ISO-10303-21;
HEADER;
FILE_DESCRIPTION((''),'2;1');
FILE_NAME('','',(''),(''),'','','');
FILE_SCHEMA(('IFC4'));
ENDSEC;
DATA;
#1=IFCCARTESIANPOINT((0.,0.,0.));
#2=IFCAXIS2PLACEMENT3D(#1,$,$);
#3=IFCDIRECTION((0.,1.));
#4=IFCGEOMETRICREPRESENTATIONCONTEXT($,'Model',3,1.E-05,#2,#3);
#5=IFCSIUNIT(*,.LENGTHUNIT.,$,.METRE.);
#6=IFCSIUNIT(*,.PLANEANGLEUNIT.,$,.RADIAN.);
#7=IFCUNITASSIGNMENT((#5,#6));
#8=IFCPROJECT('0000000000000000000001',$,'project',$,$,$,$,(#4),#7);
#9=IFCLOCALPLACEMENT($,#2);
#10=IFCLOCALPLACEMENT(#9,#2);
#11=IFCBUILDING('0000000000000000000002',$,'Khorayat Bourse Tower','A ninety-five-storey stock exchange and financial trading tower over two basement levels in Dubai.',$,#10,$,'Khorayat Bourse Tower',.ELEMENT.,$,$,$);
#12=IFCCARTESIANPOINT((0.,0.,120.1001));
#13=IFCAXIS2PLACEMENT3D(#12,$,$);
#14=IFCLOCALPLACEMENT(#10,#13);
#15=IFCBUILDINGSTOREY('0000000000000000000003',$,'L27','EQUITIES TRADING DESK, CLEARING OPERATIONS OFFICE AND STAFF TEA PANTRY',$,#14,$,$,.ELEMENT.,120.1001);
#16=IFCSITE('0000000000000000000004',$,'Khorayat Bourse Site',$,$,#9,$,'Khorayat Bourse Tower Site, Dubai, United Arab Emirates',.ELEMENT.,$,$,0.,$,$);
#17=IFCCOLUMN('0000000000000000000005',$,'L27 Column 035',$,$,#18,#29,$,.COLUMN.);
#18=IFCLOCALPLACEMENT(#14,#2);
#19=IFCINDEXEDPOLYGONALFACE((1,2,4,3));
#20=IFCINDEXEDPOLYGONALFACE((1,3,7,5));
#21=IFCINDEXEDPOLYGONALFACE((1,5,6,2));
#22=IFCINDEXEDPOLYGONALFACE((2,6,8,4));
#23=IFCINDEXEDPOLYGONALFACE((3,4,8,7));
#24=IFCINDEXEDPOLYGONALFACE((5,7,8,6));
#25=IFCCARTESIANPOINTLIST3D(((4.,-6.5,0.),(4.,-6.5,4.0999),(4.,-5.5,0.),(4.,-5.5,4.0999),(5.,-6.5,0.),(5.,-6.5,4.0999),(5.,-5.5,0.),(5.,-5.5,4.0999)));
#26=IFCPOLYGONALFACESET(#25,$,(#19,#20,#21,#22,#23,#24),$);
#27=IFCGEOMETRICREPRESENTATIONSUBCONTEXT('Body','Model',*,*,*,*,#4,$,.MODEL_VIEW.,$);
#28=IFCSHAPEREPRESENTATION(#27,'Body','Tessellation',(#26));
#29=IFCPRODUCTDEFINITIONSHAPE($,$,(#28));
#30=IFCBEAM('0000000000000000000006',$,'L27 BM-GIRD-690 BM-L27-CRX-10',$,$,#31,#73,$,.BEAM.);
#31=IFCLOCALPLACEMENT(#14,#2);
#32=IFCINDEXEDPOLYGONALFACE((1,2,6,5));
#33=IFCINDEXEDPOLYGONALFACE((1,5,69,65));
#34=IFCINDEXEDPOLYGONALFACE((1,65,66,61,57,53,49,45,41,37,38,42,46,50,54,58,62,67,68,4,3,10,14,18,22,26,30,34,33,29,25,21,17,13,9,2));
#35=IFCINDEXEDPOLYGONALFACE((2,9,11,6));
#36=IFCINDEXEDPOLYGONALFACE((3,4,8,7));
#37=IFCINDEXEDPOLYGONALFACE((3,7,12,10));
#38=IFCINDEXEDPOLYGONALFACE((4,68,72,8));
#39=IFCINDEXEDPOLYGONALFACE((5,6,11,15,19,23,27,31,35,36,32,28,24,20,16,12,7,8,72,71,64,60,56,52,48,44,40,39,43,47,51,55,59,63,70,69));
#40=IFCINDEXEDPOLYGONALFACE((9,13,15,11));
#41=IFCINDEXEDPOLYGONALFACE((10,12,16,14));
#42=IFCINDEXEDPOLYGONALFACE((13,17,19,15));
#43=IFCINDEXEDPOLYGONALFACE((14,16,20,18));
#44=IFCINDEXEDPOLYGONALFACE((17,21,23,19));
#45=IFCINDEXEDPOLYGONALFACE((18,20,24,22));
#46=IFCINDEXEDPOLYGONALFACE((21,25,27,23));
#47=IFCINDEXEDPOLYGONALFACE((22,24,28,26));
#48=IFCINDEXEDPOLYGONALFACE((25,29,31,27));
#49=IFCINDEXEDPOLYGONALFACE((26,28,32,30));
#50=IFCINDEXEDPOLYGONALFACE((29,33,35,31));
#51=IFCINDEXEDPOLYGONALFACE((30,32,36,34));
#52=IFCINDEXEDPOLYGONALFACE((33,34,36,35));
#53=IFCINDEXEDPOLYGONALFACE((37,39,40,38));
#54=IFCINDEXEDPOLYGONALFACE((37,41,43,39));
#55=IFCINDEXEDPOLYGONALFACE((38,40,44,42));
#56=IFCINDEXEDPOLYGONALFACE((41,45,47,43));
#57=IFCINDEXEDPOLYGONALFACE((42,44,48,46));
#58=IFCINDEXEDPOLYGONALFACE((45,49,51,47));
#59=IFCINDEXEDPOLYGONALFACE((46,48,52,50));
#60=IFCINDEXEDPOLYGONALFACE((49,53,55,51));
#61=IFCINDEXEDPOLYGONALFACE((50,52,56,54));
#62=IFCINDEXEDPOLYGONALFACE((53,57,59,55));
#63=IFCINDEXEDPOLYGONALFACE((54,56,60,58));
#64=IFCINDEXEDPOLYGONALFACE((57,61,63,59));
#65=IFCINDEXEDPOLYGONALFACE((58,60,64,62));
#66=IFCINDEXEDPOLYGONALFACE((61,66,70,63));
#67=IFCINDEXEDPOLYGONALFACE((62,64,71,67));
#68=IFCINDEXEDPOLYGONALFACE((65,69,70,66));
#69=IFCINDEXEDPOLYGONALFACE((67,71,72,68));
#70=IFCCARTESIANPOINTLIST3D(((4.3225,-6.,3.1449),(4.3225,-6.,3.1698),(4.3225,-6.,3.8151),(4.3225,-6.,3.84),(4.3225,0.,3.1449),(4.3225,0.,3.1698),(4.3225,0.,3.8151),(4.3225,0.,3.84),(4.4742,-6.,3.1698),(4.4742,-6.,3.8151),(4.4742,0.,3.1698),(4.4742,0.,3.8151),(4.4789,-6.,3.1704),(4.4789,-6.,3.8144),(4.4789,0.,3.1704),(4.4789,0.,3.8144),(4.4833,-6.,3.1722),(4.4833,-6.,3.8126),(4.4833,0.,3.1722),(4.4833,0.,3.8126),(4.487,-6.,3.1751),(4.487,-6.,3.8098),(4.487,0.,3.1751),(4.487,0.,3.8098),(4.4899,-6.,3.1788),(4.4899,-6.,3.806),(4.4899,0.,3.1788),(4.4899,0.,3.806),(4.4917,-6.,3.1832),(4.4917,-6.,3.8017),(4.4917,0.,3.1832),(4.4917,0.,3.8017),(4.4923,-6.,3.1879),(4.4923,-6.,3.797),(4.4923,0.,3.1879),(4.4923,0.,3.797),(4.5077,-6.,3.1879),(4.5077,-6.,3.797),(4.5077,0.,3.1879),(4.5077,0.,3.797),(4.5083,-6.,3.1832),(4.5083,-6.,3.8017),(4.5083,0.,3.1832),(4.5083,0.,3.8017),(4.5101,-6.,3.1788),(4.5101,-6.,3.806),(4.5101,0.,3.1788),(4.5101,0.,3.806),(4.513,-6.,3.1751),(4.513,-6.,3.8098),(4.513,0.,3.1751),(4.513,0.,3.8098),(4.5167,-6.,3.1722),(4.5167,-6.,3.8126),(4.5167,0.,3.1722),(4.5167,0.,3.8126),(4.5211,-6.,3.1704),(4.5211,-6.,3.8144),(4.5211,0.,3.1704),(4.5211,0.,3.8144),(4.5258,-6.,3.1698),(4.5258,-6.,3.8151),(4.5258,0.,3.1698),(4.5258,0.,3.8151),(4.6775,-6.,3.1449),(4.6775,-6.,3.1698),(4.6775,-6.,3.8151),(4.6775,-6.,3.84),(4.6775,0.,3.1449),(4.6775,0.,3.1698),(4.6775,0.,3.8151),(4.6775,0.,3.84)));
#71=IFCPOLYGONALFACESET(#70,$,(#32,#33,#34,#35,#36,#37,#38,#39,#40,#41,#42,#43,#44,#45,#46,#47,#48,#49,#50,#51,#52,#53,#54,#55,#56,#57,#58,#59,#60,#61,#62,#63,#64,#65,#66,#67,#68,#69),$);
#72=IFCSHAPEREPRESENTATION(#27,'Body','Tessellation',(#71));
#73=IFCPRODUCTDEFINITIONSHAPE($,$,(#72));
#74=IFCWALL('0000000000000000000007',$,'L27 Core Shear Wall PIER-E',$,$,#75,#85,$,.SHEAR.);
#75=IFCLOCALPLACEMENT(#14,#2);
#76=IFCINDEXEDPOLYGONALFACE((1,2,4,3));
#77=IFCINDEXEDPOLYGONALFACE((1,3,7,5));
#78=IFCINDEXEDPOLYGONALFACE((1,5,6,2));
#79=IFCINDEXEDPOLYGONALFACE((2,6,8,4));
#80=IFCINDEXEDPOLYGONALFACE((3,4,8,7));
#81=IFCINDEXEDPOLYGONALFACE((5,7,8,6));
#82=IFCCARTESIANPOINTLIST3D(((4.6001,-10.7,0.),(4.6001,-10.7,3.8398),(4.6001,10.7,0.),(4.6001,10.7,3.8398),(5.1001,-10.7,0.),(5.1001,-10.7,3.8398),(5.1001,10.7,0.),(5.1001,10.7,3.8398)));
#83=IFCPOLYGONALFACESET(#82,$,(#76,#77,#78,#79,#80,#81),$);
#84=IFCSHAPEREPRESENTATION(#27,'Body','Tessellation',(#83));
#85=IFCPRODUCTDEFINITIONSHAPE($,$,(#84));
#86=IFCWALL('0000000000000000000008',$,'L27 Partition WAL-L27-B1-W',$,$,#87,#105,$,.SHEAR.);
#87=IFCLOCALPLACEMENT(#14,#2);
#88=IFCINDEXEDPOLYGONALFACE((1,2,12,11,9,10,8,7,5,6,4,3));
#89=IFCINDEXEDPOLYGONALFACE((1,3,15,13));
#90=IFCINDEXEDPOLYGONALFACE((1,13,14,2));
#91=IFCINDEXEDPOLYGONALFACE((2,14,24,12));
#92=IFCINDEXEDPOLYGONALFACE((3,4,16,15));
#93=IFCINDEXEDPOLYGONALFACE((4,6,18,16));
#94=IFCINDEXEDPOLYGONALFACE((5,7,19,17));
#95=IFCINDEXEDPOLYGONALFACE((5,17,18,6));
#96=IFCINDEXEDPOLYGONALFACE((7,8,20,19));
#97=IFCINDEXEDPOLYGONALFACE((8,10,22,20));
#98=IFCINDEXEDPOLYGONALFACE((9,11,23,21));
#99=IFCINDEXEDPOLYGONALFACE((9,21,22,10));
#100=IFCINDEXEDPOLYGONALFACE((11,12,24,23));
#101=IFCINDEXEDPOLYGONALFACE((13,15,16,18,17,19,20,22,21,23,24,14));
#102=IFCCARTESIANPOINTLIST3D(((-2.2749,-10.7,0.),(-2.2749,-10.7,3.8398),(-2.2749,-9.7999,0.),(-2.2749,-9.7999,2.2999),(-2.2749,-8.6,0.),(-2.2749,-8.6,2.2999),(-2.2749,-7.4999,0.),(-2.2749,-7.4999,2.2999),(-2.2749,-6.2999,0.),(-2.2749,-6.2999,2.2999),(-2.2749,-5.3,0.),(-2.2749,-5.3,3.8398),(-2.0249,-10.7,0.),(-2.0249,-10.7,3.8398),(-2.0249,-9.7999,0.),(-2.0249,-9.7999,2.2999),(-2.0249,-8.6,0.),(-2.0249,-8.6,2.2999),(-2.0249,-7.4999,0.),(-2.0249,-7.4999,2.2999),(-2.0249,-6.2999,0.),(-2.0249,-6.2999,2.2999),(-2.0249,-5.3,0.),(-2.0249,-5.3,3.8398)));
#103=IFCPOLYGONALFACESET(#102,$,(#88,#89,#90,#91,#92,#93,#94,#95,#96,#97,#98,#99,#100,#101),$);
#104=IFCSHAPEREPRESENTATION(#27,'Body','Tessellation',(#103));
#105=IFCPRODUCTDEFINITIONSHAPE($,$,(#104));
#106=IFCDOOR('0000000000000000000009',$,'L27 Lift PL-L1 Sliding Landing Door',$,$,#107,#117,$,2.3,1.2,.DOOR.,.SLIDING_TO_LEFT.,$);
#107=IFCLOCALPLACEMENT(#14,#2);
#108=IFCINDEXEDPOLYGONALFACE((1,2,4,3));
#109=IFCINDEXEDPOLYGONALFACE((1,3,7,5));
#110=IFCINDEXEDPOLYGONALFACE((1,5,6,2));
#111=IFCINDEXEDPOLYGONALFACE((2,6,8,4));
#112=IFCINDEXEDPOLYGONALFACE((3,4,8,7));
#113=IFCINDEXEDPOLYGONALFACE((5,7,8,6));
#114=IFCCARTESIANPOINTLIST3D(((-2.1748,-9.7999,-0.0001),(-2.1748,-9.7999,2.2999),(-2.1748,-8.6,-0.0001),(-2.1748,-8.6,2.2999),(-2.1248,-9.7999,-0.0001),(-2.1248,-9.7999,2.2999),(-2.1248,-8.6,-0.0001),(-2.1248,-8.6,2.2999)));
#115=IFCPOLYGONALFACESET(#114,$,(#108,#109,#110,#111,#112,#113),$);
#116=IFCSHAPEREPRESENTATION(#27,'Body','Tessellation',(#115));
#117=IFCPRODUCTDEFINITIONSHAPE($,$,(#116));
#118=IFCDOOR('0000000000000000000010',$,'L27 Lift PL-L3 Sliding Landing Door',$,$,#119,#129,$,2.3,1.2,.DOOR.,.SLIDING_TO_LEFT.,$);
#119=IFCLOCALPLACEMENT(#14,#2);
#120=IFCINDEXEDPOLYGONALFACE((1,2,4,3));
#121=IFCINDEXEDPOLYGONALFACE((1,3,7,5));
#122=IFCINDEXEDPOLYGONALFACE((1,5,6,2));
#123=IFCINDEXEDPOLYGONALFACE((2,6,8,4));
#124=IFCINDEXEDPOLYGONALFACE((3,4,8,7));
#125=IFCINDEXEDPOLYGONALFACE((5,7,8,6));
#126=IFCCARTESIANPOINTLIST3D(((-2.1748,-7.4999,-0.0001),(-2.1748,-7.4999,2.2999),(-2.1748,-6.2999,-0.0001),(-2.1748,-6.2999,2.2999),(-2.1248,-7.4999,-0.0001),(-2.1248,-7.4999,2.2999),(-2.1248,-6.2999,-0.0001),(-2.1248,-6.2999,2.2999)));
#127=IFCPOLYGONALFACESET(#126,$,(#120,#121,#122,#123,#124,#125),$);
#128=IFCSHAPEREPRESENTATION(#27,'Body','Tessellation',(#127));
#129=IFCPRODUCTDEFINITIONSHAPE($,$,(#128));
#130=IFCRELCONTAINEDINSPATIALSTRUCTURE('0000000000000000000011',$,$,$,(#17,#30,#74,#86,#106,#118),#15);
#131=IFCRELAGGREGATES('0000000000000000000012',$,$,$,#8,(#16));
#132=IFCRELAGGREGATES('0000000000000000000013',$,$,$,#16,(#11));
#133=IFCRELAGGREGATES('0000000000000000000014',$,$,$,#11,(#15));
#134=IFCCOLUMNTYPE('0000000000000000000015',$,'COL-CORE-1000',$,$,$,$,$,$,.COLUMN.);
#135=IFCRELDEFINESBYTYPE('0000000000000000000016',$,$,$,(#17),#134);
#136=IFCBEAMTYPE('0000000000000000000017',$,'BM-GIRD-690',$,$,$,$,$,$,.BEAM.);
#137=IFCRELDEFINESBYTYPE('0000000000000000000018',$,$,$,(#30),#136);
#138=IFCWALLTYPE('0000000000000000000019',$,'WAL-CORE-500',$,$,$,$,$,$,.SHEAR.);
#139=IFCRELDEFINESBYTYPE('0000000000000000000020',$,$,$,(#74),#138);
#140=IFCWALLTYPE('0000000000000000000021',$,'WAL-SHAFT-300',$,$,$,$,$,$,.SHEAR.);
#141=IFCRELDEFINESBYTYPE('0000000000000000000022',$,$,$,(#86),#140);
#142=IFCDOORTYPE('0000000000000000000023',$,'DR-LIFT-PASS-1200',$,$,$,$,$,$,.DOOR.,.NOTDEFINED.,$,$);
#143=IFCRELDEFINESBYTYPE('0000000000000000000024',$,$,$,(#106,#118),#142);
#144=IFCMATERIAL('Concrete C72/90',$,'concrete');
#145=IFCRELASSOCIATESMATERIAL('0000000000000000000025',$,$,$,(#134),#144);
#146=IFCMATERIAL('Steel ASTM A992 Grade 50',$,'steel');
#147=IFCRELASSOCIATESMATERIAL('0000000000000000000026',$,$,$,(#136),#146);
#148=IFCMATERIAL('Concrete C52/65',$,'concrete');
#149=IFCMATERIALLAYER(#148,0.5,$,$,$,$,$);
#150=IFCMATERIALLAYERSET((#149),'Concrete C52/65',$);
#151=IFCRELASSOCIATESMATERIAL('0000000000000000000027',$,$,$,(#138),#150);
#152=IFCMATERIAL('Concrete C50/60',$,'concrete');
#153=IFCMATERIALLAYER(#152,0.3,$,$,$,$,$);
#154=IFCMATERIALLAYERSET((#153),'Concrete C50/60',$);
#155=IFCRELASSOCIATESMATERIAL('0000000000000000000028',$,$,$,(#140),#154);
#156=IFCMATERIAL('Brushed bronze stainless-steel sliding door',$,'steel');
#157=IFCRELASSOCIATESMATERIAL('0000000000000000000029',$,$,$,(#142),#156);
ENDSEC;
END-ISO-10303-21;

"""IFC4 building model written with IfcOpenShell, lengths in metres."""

from ifc_helpers import new_model, si_unit, direction, frame, frame_2d, origin, origin_2d, place, context, subcontext, project, spatial, rectangle, i_section, extrude, source, transform, mapped, material, layer, layer_set, material_profile, profile_set, type_object, element, fill, save


model = new_model("IFC4")

# Units and contexts
model_context = context("Model", 3, precision=1e-05, world=origin(), true_north=direction((0.0, 1.0)))
body_context = subcontext(model_context, "Body", "Model", "MODEL_VIEW")
ifc_project = project(units=[si_unit("LENGTHUNIT", "METRE"), si_unit("PLANEANGLEUNIT", "RADIAN")], contexts=[model_context])

# Site, building, storey
site_placement = place(None, origin())
site = spatial("IfcSite", under=ifc_project, at=site_placement, Name="Khorayat Bourse Site", LongName="Khorayat Bourse Tower Site, Dubai, United Arab Emirates", CompositionType="ELEMENT", RefElevation=0.0)
building_placement = place(site_placement, origin())
building = spatial("IfcBuilding", under=site, at=building_placement, Name="Khorayat Bourse Tower", Description="A ninety-five-storey stock exchange and financial trading tower over two basement levels in Dubai.", LongName="Khorayat Bourse Tower", CompositionType="ELEMENT")
storey_placement = place(building_placement, frame((0.0, 0.0, 120.1001)))
storey = spatial("IfcBuildingStorey", under=building, at=storey_placement, Name="L27", Description="EQUITIES TRADING DESK, CLEARING OPERATIONS OFFICE AND STAFF TEA PANTRY", CompositionType="ELEMENT", Elevation=120.1001)

# Column
ifc_material_1 = material(Name="Concrete C72/90", Category="concrete")
ifc_material_profile_1 = material_profile(ifc_material_1, rectangle(XDim=1.0, YDim=1.0, at=origin_2d()), Name="RC 1000x1000")
ifc_profile_set_1 = profile_set([ifc_material_profile_1], Name="Concrete C72/90")
column_type = type_object("IfcColumnType", Name="COL-CORE-1000", PredefinedType="COLUMN", material=ifc_profile_set_1)
shared_shape_1 = source(origin(), body_context, "Body", "SweptSolid", [
    extrude(rectangle(XDim=1.0, YDim=1.0, at=origin_2d()), origin(), (0.0, 0.0, 1.0), 4.0999),
])
column_placement = place(storey_placement, frame((4.5, -6.0, 0.0), z_axis=(0.0, 0.0, 1.0), x_axis=(1.0, 0.0, 0.0)))
element("IfcColumn", 1, at=column_placement, inside=storey, type_object=column_type, Name="L27 Column 035", PredefinedType="COLUMN", context=body_context, shape_type="MappedRepresentation", body=[
    mapped(shared_shape_1, transform((0.0, 0.0, 0.0), scale=1.0)),
])

# Beam
ifc_material_2 = material(Name="Steel ASTM A992 Grade 50", Category="steel")
ifc_material_profile_2 = material_profile(ifc_material_2, i_section(OverallWidth=0.355, OverallDepth=0.6951, WebThickness=0.0154, FlangeThickness=0.0249, FilletRadius=0.0181, at=origin_2d()), Name="W690X217")
ifc_profile_set_2 = profile_set([ifc_material_profile_2], Name="Steel ASTM A992 Grade 50")
beam_type = type_object("IfcBeamType", Name="BM-GIRD-690", PredefinedType="BEAM", material=ifc_profile_set_2)
shared_shape_2 = source(origin(), body_context, "Body", "SweptSolid", [
    extrude(i_section(OverallWidth=0.355, OverallDepth=0.6951, WebThickness=0.0154, FlangeThickness=0.0249, FilletRadius=0.0181, at=origin_2d()), origin(), (0.0, 0.0, 1.0), 6.0),
])
beam_placement = place(storey_placement, frame((4.5, -6.0, 3.4924), z_axis=(0.0, 1.0, 0.0), x_axis=(-1.0, 0.0, 0.0)))
element("IfcBeam", 2, at=beam_placement, inside=storey, type_object=beam_type, Name="L27 BM-GIRD-690 BM-L27-CRX-10", PredefinedType="BEAM", context=body_context, shape_type="MappedRepresentation", body=[
    mapped(shared_shape_2, transform((0.0, 0.0, 0.0), scale=1.0)),
])

# Wall
ifc_material_3 = material(Name="Concrete C52/65", Category="concrete")
ifc_layer_1 = layer(ifc_material_3, 0.5)
ifc_layer_set_1 = layer_set([ifc_layer_1], Name="Concrete C52/65")
wall_type_1 = type_object("IfcWallType", Name="WAL-CORE-500", PredefinedType="SHEAR", material=ifc_layer_set_1)
shared_shape_3 = source(origin(), body_context, "Body", "SweptSolid", [
    extrude(rectangle(XDim=21.3999, YDim=0.5, at=frame_2d((10.7, 0.0))), origin(), (0.0, 0.0, 1.0), 3.8398),
])
wall_1_placement = place(storey_placement, frame((4.8501, -10.7, 0.0), z_axis=(0.0, 0.0, 1.0), x_axis=(0.0, 1.0, 0.0)))
element("IfcWall", 3, at=wall_1_placement, inside=storey, type_object=wall_type_1, Name="L27 Core Shear Wall PIER-E", PredefinedType="SHEAR", context=body_context, shape_type="MappedRepresentation", body=[
    mapped(shared_shape_3, transform((0.0, 0.0, 0.0), scale=1.0)),
])

# Wall, openings, doors
ifc_material_4 = material(Name="Concrete C50/60", Category="concrete")
ifc_layer_2 = layer(ifc_material_4, 0.3)
ifc_layer_set_2 = layer_set([ifc_layer_2], Name="Concrete C50/60")
wall_type_2 = type_object("IfcWallType", Name="WAL-SHAFT-300", PredefinedType="SHEAR", material=ifc_layer_set_2)
shared_shape_4 = source(origin(), body_context, "Body", "SweptSolid", [
    extrude(rectangle(XDim=5.3999, YDim=0.25, at=frame_2d((2.7, 0.0))), origin(), (0.0, 0.0, 1.0), 3.8398),
])
wall_2_placement = place(storey_placement, frame((-2.1499, -10.7, 0.0), z_axis=(0.0, 0.0, 1.0), x_axis=(0.0, 1.0, 0.0)))
wall_2 = element("IfcWall", 4, at=wall_2_placement, inside=storey, type_object=wall_type_2, Name="L27 Partition WAL-L27-B1-W", PredefinedType="SHEAR", context=body_context, shape_type="MappedRepresentation", body=[
    mapped(shared_shape_4, transform((0.0, 0.0, 0.0), scale=1.0)),
])
shared_shape_5 = source(origin(), body_context, "Body", "SweptSolid", [
    extrude(rectangle(XDim=1.2, YDim=2.3, at=frame_2d((0.6001, 1.1499))), frame((0.0, 0.135, 0.0), z_axis=(0.0, -1.0, 0.0), x_axis=(1.0, 0.0, 0.0)), (0.0, 0.0, 1.0), 0.27),
])
opening_1_placement = place(wall_2_placement, frame((0.8999, 0.0, 0.0)))
opening_1 = element("IfcOpeningElement", 5, at=opening_1_placement, cuts=wall_2, PredefinedType="OPENING", context=body_context, shape_type="MappedRepresentation", body=[
    mapped(shared_shape_5, transform((0.0, 0.0, 0.0), scale=1.0)),
])
opening_2_placement = place(wall_2_placement, frame((3.2, 0.0, 0.0)))
opening_2 = element("IfcOpeningElement", 6, at=opening_2_placement, cuts=wall_2, PredefinedType="OPENING", context=body_context, shape_type="MappedRepresentation", body=[
    mapped(shared_shape_5, transform((0.0, 0.0, 0.0), scale=1.0)),
])
ifc_material_5 = material(Name="Brushed bronze stainless-steel sliding door", Category="steel")
door_type_1 = type_object("IfcDoorType", Name="DR-LIFT-PASS-1200", OperationType="NOTDEFINED", PredefinedType="DOOR", material=ifc_material_5)
shared_shape_6 = source(origin(), body_context, "Body", "SweptSolid", [
    extrude(rectangle(XDim=1.2, YDim=2.3, at=frame_2d((0.6001, 1.1499))), frame((0.0, 0.0249, 0.0), z_axis=(0.0, -1.0, 0.0), x_axis=(1.0, 0.0, 0.0)), (0.0, 0.0, 1.0), 0.05),
])
door_1_placement = place(opening_1_placement, origin())
door_1 = element("IfcDoor", 7, at=door_1_placement, inside=storey, type_object=door_type_1, Name="L27 Lift PL-L1 Sliding Landing Door", OperationType="SLIDING_TO_LEFT", OverallHeight=2.3, OverallWidth=1.2, PredefinedType="DOOR", context=body_context, shape_type="MappedRepresentation", body=[
    mapped(shared_shape_6, transform((0.0, 0.0, 0.0), scale=1.0)),
])
fill(opening_1, door_1)
door_2_placement = place(opening_2_placement, origin())
door_2 = element("IfcDoor", 8, at=door_2_placement, inside=storey, type_object=door_type_1, Name="L27 Lift PL-L3 Sliding Landing Door", OperationType="SLIDING_TO_LEFT", OverallHeight=2.3, OverallWidth=1.2, PredefinedType="DOOR", context=body_context, shape_type="MappedRepresentation", body=[
    mapped(shared_shape_6, transform((0.0, 0.0, 0.0), scale=1.0)),
])
fill(opening_2, door_2)

save(model, "model.ifc")
